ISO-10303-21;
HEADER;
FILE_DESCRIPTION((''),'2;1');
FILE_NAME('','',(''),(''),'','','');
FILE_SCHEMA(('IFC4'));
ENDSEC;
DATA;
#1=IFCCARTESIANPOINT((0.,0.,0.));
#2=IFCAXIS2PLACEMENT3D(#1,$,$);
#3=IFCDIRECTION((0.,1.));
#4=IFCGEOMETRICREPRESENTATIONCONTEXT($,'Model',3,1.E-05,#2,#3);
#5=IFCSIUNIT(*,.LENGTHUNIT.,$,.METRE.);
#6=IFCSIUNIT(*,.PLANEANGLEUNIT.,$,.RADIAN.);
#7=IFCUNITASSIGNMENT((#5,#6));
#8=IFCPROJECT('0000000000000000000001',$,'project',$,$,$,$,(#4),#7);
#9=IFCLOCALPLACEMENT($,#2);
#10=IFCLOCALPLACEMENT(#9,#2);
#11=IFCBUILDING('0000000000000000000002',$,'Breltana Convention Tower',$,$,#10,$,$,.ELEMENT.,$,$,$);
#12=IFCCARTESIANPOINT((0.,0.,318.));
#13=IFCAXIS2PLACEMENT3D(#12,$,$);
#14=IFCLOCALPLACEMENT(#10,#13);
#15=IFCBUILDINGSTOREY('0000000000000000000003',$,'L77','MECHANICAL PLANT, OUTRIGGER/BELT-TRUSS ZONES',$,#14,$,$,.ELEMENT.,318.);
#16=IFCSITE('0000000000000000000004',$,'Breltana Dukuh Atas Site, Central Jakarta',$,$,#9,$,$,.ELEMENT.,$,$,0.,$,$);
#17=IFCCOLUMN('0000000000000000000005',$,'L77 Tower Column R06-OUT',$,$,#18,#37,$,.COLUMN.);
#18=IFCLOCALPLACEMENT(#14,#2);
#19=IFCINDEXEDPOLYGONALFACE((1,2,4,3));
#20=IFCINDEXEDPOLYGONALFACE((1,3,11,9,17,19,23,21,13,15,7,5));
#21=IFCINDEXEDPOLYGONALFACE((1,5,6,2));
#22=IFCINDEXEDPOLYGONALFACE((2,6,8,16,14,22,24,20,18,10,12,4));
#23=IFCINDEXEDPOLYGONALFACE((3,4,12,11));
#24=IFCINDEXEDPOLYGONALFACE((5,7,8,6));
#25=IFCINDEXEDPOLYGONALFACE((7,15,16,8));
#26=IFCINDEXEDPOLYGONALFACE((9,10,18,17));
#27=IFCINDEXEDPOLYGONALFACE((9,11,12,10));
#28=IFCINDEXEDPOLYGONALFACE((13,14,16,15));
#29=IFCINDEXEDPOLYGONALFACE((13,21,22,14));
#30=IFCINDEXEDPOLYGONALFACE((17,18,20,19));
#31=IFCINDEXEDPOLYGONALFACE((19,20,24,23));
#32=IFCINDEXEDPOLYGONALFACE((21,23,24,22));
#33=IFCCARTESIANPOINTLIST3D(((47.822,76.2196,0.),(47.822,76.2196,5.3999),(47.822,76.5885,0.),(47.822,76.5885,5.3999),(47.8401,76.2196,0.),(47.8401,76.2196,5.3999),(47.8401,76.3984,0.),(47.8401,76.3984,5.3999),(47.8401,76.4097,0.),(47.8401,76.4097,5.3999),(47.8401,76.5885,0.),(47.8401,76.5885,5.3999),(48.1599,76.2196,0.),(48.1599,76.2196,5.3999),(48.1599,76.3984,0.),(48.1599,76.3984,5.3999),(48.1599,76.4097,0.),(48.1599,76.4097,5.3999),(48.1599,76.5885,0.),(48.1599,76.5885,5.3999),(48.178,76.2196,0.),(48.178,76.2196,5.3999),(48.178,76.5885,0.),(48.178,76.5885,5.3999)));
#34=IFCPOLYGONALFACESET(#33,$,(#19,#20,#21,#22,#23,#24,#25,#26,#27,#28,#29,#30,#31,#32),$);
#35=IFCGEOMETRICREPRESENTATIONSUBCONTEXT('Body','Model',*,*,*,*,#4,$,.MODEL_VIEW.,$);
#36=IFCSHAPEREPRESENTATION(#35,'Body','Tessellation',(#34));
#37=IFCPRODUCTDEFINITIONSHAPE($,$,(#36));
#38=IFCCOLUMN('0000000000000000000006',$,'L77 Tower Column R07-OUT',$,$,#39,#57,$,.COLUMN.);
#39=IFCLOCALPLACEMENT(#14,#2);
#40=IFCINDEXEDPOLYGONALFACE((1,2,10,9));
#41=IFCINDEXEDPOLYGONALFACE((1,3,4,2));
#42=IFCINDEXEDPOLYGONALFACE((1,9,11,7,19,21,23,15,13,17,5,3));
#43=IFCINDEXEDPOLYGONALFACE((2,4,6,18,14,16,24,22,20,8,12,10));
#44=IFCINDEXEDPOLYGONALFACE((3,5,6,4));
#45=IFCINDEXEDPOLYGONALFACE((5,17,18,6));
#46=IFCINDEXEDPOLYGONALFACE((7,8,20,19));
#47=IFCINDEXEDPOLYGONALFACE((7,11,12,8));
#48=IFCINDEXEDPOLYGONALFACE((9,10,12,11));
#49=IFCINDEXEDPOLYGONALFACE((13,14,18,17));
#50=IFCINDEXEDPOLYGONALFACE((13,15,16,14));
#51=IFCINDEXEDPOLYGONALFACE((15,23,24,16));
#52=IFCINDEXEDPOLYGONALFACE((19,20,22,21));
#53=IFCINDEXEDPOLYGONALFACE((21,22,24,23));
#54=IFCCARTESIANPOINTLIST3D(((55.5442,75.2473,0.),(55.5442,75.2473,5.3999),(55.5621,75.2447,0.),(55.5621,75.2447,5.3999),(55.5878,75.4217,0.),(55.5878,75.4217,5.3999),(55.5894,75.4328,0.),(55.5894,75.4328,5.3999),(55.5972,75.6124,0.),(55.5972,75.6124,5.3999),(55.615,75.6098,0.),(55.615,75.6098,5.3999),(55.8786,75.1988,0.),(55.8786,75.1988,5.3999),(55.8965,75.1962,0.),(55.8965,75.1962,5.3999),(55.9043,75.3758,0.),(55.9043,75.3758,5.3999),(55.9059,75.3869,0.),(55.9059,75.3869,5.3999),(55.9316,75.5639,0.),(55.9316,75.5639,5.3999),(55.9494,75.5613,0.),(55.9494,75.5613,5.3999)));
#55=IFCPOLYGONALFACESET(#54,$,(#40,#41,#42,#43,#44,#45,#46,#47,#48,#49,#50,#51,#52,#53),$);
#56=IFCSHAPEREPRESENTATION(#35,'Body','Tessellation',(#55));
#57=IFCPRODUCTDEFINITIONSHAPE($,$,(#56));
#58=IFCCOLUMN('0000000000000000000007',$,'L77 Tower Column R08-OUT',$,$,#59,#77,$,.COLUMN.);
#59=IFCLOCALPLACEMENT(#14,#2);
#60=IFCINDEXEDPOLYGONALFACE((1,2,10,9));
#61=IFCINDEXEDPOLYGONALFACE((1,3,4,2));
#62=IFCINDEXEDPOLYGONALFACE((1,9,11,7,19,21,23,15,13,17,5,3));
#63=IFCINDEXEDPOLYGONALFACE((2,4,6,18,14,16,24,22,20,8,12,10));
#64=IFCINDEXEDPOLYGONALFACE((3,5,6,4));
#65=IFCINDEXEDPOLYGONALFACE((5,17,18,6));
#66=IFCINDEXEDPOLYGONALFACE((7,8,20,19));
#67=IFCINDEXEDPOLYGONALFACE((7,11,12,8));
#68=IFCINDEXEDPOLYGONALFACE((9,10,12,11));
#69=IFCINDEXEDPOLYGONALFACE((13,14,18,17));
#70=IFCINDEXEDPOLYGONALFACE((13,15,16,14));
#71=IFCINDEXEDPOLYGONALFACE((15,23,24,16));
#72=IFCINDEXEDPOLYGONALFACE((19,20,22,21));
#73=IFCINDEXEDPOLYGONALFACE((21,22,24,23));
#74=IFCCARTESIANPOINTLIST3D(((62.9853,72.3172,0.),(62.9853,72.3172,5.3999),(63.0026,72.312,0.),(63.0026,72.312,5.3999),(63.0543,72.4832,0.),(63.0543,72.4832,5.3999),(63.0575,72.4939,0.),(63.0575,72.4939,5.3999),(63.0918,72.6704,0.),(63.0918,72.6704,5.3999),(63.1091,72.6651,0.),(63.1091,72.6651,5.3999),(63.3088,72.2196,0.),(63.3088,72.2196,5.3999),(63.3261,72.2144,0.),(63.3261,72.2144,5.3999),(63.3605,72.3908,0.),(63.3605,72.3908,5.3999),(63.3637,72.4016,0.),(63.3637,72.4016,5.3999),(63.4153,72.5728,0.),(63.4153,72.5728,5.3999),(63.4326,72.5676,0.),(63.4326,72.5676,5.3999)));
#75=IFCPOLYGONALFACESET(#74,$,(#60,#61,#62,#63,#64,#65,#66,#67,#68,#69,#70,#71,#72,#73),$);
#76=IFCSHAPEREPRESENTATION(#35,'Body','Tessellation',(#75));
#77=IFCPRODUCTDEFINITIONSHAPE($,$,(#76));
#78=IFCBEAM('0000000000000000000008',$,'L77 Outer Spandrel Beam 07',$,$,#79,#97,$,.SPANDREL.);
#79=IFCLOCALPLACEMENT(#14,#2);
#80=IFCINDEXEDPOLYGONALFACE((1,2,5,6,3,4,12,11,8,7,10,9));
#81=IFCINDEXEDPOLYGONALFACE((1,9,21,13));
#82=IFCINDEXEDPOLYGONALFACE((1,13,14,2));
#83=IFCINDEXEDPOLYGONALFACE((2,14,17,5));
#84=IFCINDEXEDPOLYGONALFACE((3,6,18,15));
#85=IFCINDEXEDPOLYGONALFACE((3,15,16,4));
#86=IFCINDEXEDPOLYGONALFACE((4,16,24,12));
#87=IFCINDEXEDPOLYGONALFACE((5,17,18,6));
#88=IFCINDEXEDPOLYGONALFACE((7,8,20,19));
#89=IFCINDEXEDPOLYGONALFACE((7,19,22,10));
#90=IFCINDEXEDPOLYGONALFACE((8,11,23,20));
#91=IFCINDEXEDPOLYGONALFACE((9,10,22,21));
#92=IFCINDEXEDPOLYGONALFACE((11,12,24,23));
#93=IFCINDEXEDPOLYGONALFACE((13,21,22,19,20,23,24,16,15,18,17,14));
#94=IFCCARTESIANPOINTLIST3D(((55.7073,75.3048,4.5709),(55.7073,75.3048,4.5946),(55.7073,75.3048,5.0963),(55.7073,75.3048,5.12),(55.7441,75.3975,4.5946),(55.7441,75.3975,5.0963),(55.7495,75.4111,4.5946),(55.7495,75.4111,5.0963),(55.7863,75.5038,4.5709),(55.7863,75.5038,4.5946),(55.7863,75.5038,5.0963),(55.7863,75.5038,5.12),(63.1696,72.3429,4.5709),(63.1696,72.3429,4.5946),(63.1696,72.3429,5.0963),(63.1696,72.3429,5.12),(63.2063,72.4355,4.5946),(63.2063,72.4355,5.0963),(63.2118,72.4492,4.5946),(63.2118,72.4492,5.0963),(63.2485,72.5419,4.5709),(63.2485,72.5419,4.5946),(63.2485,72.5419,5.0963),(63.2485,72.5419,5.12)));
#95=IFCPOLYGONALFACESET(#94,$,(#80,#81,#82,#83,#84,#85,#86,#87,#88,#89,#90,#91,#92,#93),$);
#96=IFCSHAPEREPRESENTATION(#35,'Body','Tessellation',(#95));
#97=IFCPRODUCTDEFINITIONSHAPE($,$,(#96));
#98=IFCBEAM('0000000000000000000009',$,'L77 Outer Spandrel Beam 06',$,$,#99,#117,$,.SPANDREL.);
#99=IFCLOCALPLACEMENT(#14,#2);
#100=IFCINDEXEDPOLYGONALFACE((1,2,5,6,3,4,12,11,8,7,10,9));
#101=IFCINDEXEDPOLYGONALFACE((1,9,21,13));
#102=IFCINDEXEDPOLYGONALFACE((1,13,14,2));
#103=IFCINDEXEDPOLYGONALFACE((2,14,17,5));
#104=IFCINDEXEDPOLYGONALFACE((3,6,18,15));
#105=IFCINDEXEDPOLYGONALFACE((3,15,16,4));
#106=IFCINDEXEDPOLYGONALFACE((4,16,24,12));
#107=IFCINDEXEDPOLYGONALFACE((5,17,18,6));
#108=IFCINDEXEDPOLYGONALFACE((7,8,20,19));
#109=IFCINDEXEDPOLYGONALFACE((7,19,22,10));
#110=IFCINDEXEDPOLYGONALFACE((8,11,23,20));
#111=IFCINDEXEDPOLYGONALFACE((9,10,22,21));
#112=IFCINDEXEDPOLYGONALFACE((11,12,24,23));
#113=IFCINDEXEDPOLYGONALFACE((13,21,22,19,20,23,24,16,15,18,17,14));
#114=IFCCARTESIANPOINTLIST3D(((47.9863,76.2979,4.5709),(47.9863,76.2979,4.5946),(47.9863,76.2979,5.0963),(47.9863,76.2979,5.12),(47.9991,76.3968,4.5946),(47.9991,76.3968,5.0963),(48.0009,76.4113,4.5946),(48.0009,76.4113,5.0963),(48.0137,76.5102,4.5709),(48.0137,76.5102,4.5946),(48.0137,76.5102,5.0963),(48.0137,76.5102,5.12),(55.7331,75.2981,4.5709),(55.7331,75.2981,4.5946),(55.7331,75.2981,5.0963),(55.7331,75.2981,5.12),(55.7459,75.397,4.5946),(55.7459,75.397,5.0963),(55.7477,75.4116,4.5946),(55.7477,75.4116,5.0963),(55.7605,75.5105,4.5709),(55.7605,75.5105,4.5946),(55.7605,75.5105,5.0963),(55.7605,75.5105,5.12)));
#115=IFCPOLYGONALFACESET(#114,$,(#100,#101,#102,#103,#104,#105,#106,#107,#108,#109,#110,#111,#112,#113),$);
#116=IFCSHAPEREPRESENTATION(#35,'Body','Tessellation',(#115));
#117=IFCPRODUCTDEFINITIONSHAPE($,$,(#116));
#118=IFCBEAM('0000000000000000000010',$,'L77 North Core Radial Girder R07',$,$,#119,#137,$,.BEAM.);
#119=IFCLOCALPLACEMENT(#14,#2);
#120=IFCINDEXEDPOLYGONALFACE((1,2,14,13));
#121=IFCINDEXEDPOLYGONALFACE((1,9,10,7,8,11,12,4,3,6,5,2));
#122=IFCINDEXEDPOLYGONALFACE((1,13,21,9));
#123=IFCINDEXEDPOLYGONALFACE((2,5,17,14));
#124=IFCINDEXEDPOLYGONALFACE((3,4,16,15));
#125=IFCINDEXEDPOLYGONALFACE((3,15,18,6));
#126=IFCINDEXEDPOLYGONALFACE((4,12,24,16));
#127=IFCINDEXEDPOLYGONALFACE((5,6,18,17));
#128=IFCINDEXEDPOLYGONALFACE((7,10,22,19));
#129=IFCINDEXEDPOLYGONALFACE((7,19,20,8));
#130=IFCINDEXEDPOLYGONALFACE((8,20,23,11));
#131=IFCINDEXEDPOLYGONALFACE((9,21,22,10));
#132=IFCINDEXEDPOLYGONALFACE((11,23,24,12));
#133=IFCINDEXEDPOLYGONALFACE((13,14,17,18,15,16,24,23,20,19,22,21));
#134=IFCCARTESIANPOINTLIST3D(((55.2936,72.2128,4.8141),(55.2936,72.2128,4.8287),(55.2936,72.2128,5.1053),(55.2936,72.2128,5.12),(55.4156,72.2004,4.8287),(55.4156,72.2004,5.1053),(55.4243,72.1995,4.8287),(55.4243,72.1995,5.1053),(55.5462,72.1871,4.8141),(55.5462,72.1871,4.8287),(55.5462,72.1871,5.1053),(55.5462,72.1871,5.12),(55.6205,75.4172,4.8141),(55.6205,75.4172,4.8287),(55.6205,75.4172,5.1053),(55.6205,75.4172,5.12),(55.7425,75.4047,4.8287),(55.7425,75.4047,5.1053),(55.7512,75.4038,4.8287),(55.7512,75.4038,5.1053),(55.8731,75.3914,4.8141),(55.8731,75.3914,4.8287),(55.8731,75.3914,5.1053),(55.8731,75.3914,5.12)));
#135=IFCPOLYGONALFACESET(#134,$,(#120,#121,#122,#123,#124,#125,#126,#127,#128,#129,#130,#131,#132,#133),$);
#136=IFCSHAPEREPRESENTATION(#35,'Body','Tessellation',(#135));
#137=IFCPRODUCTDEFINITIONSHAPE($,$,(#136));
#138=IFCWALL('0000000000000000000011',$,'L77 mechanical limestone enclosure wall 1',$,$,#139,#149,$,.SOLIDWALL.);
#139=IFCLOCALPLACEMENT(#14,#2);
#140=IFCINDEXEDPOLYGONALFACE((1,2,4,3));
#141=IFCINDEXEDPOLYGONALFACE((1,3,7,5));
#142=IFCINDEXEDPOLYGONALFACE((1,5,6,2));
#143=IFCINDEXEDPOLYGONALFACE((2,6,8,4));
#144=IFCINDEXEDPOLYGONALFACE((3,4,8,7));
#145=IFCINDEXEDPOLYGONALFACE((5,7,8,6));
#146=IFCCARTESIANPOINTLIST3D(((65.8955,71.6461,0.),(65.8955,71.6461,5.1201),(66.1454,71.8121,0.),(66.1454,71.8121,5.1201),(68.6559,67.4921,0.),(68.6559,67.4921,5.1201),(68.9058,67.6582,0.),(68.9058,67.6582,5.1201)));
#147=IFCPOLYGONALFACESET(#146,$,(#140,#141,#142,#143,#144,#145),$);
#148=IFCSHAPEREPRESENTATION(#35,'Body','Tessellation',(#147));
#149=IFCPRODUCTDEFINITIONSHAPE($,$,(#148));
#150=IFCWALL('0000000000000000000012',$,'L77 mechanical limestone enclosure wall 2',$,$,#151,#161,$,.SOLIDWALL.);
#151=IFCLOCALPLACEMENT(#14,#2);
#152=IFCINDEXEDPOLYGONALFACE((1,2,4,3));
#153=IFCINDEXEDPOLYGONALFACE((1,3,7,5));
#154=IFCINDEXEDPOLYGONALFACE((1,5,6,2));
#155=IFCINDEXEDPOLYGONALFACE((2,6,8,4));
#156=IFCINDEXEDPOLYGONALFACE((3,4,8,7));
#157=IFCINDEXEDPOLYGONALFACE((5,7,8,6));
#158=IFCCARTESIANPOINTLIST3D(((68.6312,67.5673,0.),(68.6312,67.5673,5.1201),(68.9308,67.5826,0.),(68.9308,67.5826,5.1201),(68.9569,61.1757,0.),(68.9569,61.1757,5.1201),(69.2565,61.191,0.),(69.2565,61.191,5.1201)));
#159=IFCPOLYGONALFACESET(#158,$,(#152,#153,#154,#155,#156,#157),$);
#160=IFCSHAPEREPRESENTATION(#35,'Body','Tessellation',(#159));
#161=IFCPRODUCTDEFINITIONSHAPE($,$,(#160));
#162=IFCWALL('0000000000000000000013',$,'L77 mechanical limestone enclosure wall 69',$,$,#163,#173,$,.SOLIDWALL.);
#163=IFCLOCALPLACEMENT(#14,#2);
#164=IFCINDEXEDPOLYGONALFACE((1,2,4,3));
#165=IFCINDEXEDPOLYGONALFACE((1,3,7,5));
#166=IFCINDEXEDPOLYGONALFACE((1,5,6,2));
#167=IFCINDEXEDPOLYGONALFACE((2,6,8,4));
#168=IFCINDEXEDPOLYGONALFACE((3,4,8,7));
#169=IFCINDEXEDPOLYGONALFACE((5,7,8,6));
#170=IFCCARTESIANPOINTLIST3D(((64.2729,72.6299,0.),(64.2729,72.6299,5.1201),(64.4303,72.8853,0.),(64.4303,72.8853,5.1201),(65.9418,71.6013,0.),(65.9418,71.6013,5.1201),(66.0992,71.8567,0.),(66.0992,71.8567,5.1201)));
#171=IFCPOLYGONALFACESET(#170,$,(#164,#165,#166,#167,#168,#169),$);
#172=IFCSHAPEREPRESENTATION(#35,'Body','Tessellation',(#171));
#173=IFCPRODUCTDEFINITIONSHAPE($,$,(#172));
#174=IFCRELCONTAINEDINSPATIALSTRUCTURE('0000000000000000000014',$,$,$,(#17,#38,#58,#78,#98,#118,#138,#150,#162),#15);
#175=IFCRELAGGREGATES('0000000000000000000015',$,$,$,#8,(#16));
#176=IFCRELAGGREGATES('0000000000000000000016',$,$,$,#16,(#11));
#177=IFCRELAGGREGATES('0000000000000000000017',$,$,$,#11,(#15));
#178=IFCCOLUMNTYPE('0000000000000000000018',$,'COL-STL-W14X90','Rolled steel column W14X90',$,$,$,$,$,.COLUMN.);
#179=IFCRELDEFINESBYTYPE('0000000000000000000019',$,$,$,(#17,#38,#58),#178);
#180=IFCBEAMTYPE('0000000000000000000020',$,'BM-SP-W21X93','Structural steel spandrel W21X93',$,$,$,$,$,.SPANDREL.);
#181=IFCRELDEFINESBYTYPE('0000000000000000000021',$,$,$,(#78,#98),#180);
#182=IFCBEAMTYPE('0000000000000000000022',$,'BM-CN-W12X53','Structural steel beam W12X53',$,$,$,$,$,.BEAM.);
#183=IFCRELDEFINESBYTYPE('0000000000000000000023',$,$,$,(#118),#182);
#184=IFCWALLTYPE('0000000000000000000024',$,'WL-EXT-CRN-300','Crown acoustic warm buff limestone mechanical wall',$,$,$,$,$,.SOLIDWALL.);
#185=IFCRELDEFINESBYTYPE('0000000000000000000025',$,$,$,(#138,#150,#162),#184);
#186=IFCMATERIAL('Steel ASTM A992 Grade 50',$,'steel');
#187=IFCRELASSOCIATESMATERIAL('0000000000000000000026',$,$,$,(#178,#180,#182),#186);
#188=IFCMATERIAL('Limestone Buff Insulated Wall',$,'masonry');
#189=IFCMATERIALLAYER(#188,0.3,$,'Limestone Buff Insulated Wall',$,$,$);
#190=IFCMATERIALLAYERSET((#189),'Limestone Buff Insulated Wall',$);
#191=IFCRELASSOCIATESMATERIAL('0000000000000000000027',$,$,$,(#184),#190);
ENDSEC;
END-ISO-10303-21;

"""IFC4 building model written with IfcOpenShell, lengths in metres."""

from ifc_helpers import new_model, si_unit, direction, frame, frame_2d, origin, origin_2d, place, context, subcontext, project, spatial, rectangle, i_section, extrude, source, transform, mapped, material, layer, layer_set, material_profile, profile_set, type_object, element, save


model = new_model("IFC4")

# Units and contexts
model_context = context("Model", 3, precision=1e-05, world=origin(), true_north=direction((0.0, 1.0)))
body_context = subcontext(model_context, "Body", "Model", "MODEL_VIEW")
ifc_project = project(units=[si_unit("LENGTHUNIT", "METRE"), si_unit("PLANEANGLEUNIT", "RADIAN")], contexts=[model_context])

# Site, building, storey
site_placement = place(None, origin())
site = spatial("IfcSite", under=ifc_project, at=site_placement, Name="Breltana Dukuh Atas Site, Central Jakarta", CompositionType="ELEMENT", RefElevation=0.0)
building_placement = place(site_placement, origin())
building = spatial("IfcBuilding", under=site, at=building_placement, Name="Breltana Convention Tower", CompositionType="ELEMENT")
storey_placement = place(building_placement, frame((0.0, 0.0, 318.0)))
storey = spatial("IfcBuildingStorey", under=building, at=storey_placement, Name="L77", Description="MECHANICAL PLANT, OUTRIGGER/BELT-TRUSS ZONES", CompositionType="ELEMENT", Elevation=318.0)

# Columns
ifc_material_1 = material(Name="Steel ASTM A992 Grade 50", Category="steel")
ifc_material_profile_1 = material_profile(ifc_material_1, i_section(OverallWidth=0.3689, OverallDepth=0.356, WebThickness=0.0112, FlangeThickness=0.0181, at=origin_2d()), Name="W14X90")
ifc_profile_set_1 = profile_set([ifc_material_profile_1], Name="Steel ASTM A992 Grade 50")
column_type = type_object("IfcColumnType", Name="COL-STL-W14X90", Description="Rolled steel column W14X90", PredefinedType="COLUMN", material=ifc_profile_set_1)
shared_shape_1 = source(origin(), body_context, "Body", "SweptSolid", [
    extrude(i_section(OverallWidth=0.3689, OverallDepth=0.356, WebThickness=0.0112, FlangeThickness=0.0181, at=origin_2d()), origin(), (0.0, 0.0, 1.0), 5.3999),
])
for number, where, z_axis, x_axis, name in (
    (1, (48.0, 76.4041, 0.0), (0.0, 0.0, 1.0), (0.0, 1.0, 0.0), "L77 Tower Column R06-OUT"),
    (2, (55.7468, 75.4043, 0.0), (0.0, 0.0, 1.0), (0.143493, 0.989651, 0.0), "L77 Tower Column R07-OUT"),
    (3, (63.209, 72.4424, 0.0), (0.0, 0.0, 1.0), (0.288698, 0.95742, 0.0), "L77 Tower Column R08-OUT"),
):
    element("IfcColumn", number, at=place(storey_placement, frame(where, z_axis=z_axis, x_axis=x_axis)), inside=storey, type_object=column_type, Name=name, PredefinedType="COLUMN", context=body_context, shape_type="MappedRepresentation", body=[
        mapped(shared_shape_1, transform((0.0, 0.0, 0.0), scale=1.0)),
    ])

# Beams
ifc_material_profile_2 = material_profile(ifc_material_1, i_section(OverallWidth=0.2141, OverallDepth=0.5491, WebThickness=0.0146, FlangeThickness=0.0237, at=origin_2d()), Name="W21X93")
ifc_profile_set_2 = profile_set([ifc_material_profile_2], Name="Steel ASTM A992 Grade 50")
beam_type_1 = type_object("IfcBeamType", Name="BM-SP-W21X93", Description="Structural steel spandrel W21X93", PredefinedType="SPANDREL", material=ifc_profile_set_2)
shared_shape_2 = source(origin(), body_context, "Body", "SweptSolid", [
    extrude(i_section(OverallWidth=0.2141, OverallDepth=0.5491, WebThickness=0.0146, FlangeThickness=0.0237, at=origin_2d()), origin(), (0.0, 0.0, 1.0), 8.0286),
])
beam_1_placement = place(storey_placement, frame((55.7468, 75.4043, 4.8455), z_axis=(0.929459, -0.368925, 0.0), x_axis=(0.368925, 0.929459, 0.0)))
element("IfcBeam", 4, at=beam_1_placement, inside=storey, type_object=beam_type_1, Name="L77 Outer Spandrel Beam 07", PredefinedType="SPANDREL", context=body_context, shape_type="MappedRepresentation", body=[
    mapped(shared_shape_2, transform((0.0, 0.0, 0.0), scale=1.0)),
])
shared_shape_3 = source(origin(), body_context, "Body", "SweptSolid", [
    extrude(i_section(OverallWidth=0.2141, OverallDepth=0.5491, WebThickness=0.0146, FlangeThickness=0.0237, at=origin_2d()), origin(), (0.0, 0.0, 1.0), 7.811),
])
beam_2_placement = place(storey_placement, frame((48.0, 76.4041, 4.8455), z_axis=(0.991775, -0.127992, 0.0), x_axis=(0.127992, 0.991775, 0.0)))
element("IfcBeam", 5, at=beam_2_placement, inside=storey, type_object=beam_type_1, Name="L77 Outer Spandrel Beam 06", PredefinedType="SPANDREL", context=body_context, shape_type="MappedRepresentation", body=[
    mapped(shared_shape_3, transform((0.0, 0.0, 0.0), scale=1.0)),
])
ifc_material_profile_3 = material_profile(ifc_material_1, i_section(OverallWidth=0.2539, OverallDepth=0.3059, WebThickness=0.0088, FlangeThickness=0.0146, at=origin_2d()), Name="W12X53")
ifc_profile_set_3 = profile_set([ifc_material_profile_3], Name="Steel ASTM A992 Grade 50")
beam_type_2 = type_object("IfcBeamType", Name="BM-CN-W12X53", Description="Structural steel beam W12X53", PredefinedType="BEAM", material=ifc_profile_set_3)
shared_shape_4 = source(origin(), body_context, "Body", "SweptSolid", [
    extrude(i_section(OverallWidth=0.2539, OverallDepth=0.3059, WebThickness=0.0088, FlangeThickness=0.0146, at=origin_2d()), origin(), (0.0, 0.0, 1.0), 3.2209),
])
beam_3_placement = place(storey_placement, frame((55.4199, 72.2, 4.967), z_axis=(0.101492, 0.994836, 0.0), x_axis=(-0.994836, 0.101492, 0.0)))
element("IfcBeam", 6, at=beam_3_placement, inside=storey, type_object=beam_type_2, Name="L77 North Core Radial Girder R07", PredefinedType="BEAM", context=body_context, shape_type="MappedRepresentation", body=[
    mapped(shared_shape_4, transform((0.0, 0.0, 0.0), scale=1.0)),
])

# Walls
ifc_material_2 = material(Name="Limestone Buff Insulated Wall", Category="masonry")
ifc_layer_1 = layer(ifc_material_2, 0.3, Name="Limestone Buff Insulated Wall")
ifc_layer_set_1 = layer_set([ifc_layer_1], Name="Limestone Buff Insulated Wall")
wall_type_1 = type_object("IfcWallType", Name="WL-EXT-CRN-300", Description="Crown acoustic warm buff limestone mechanical wall", PredefinedType="SOLIDWALL", material=ifc_layer_set_1)
shared_shape_5 = source(origin(), body_context, "Body", "SweptSolid", [
    extrude(rectangle(XDim=4.9875, YDim=0.3, at=frame_2d((2.4937, 0.0))), origin(), (0.0, 0.0, 1.0), 5.1201),
])
wall_1_placement = place(storey_placement, frame((66.0205, 71.729, 0.0), z_axis=(0.0, 0.0, 1.0), x_axis=(0.553468, -0.83287, 0.0)))
element("IfcWall", 7, at=wall_1_placement, inside=storey, type_object=wall_type_1, Name="L77 mechanical limestone enclosure wall 1", PredefinedType="SOLIDWALL", context=body_context, shape_type="MappedRepresentation", body=[
    mapped(shared_shape_5, transform((0.0, 0.0, 0.0), scale=1.0)),
])
shared_shape_6 = source(origin(), body_context, "Body", "SweptSolid", [
    extrude(rectangle(XDim=6.3999, YDim=0.3, at=frame_2d((3.2, 0.0))), origin(), (0.0, 0.0, 1.0), 5.1201),
])
wall_2_placement = place(storey_placement, frame((68.781, 67.575, 0.0), z_axis=(0.0, 0.0, 1.0), x_axis=(0.050889, -0.998704, 0.0)))
element("IfcWall", 8, at=wall_2_placement, inside=storey, type_object=wall_type_1, Name="L77 mechanical limestone enclosure wall 2", PredefinedType="SOLIDWALL", context=body_context, shape_type="MappedRepresentation", body=[
    mapped(shared_shape_6, transform((0.0, 0.0, 0.0), scale=1.0)),
])
shared_shape_7 = source(origin(), body_context, "Body", "SweptSolid", [
    extrude(rectangle(XDim=1.9604, YDim=0.3, at=frame_2d((0.9802, 0.0))), origin(), (0.0, 0.0, 1.0), 5.1201),
])
wall_3_placement = place(storey_placement, frame((64.3516, 72.7576, 0.0), z_axis=(0.0, 0.0, 1.0), x_axis=(0.851312, -0.52466, 0.0)))
element("IfcWall", 9, at=wall_3_placement, inside=storey, type_object=wall_type_1, Name="L77 mechanical limestone enclosure wall 69", PredefinedType="SOLIDWALL", context=body_context, shape_type="MappedRepresentation", body=[
    mapped(shared_shape_7, transform((0.0, 0.0, 0.0), scale=1.0)),
])

save(model, "model.ifc")
